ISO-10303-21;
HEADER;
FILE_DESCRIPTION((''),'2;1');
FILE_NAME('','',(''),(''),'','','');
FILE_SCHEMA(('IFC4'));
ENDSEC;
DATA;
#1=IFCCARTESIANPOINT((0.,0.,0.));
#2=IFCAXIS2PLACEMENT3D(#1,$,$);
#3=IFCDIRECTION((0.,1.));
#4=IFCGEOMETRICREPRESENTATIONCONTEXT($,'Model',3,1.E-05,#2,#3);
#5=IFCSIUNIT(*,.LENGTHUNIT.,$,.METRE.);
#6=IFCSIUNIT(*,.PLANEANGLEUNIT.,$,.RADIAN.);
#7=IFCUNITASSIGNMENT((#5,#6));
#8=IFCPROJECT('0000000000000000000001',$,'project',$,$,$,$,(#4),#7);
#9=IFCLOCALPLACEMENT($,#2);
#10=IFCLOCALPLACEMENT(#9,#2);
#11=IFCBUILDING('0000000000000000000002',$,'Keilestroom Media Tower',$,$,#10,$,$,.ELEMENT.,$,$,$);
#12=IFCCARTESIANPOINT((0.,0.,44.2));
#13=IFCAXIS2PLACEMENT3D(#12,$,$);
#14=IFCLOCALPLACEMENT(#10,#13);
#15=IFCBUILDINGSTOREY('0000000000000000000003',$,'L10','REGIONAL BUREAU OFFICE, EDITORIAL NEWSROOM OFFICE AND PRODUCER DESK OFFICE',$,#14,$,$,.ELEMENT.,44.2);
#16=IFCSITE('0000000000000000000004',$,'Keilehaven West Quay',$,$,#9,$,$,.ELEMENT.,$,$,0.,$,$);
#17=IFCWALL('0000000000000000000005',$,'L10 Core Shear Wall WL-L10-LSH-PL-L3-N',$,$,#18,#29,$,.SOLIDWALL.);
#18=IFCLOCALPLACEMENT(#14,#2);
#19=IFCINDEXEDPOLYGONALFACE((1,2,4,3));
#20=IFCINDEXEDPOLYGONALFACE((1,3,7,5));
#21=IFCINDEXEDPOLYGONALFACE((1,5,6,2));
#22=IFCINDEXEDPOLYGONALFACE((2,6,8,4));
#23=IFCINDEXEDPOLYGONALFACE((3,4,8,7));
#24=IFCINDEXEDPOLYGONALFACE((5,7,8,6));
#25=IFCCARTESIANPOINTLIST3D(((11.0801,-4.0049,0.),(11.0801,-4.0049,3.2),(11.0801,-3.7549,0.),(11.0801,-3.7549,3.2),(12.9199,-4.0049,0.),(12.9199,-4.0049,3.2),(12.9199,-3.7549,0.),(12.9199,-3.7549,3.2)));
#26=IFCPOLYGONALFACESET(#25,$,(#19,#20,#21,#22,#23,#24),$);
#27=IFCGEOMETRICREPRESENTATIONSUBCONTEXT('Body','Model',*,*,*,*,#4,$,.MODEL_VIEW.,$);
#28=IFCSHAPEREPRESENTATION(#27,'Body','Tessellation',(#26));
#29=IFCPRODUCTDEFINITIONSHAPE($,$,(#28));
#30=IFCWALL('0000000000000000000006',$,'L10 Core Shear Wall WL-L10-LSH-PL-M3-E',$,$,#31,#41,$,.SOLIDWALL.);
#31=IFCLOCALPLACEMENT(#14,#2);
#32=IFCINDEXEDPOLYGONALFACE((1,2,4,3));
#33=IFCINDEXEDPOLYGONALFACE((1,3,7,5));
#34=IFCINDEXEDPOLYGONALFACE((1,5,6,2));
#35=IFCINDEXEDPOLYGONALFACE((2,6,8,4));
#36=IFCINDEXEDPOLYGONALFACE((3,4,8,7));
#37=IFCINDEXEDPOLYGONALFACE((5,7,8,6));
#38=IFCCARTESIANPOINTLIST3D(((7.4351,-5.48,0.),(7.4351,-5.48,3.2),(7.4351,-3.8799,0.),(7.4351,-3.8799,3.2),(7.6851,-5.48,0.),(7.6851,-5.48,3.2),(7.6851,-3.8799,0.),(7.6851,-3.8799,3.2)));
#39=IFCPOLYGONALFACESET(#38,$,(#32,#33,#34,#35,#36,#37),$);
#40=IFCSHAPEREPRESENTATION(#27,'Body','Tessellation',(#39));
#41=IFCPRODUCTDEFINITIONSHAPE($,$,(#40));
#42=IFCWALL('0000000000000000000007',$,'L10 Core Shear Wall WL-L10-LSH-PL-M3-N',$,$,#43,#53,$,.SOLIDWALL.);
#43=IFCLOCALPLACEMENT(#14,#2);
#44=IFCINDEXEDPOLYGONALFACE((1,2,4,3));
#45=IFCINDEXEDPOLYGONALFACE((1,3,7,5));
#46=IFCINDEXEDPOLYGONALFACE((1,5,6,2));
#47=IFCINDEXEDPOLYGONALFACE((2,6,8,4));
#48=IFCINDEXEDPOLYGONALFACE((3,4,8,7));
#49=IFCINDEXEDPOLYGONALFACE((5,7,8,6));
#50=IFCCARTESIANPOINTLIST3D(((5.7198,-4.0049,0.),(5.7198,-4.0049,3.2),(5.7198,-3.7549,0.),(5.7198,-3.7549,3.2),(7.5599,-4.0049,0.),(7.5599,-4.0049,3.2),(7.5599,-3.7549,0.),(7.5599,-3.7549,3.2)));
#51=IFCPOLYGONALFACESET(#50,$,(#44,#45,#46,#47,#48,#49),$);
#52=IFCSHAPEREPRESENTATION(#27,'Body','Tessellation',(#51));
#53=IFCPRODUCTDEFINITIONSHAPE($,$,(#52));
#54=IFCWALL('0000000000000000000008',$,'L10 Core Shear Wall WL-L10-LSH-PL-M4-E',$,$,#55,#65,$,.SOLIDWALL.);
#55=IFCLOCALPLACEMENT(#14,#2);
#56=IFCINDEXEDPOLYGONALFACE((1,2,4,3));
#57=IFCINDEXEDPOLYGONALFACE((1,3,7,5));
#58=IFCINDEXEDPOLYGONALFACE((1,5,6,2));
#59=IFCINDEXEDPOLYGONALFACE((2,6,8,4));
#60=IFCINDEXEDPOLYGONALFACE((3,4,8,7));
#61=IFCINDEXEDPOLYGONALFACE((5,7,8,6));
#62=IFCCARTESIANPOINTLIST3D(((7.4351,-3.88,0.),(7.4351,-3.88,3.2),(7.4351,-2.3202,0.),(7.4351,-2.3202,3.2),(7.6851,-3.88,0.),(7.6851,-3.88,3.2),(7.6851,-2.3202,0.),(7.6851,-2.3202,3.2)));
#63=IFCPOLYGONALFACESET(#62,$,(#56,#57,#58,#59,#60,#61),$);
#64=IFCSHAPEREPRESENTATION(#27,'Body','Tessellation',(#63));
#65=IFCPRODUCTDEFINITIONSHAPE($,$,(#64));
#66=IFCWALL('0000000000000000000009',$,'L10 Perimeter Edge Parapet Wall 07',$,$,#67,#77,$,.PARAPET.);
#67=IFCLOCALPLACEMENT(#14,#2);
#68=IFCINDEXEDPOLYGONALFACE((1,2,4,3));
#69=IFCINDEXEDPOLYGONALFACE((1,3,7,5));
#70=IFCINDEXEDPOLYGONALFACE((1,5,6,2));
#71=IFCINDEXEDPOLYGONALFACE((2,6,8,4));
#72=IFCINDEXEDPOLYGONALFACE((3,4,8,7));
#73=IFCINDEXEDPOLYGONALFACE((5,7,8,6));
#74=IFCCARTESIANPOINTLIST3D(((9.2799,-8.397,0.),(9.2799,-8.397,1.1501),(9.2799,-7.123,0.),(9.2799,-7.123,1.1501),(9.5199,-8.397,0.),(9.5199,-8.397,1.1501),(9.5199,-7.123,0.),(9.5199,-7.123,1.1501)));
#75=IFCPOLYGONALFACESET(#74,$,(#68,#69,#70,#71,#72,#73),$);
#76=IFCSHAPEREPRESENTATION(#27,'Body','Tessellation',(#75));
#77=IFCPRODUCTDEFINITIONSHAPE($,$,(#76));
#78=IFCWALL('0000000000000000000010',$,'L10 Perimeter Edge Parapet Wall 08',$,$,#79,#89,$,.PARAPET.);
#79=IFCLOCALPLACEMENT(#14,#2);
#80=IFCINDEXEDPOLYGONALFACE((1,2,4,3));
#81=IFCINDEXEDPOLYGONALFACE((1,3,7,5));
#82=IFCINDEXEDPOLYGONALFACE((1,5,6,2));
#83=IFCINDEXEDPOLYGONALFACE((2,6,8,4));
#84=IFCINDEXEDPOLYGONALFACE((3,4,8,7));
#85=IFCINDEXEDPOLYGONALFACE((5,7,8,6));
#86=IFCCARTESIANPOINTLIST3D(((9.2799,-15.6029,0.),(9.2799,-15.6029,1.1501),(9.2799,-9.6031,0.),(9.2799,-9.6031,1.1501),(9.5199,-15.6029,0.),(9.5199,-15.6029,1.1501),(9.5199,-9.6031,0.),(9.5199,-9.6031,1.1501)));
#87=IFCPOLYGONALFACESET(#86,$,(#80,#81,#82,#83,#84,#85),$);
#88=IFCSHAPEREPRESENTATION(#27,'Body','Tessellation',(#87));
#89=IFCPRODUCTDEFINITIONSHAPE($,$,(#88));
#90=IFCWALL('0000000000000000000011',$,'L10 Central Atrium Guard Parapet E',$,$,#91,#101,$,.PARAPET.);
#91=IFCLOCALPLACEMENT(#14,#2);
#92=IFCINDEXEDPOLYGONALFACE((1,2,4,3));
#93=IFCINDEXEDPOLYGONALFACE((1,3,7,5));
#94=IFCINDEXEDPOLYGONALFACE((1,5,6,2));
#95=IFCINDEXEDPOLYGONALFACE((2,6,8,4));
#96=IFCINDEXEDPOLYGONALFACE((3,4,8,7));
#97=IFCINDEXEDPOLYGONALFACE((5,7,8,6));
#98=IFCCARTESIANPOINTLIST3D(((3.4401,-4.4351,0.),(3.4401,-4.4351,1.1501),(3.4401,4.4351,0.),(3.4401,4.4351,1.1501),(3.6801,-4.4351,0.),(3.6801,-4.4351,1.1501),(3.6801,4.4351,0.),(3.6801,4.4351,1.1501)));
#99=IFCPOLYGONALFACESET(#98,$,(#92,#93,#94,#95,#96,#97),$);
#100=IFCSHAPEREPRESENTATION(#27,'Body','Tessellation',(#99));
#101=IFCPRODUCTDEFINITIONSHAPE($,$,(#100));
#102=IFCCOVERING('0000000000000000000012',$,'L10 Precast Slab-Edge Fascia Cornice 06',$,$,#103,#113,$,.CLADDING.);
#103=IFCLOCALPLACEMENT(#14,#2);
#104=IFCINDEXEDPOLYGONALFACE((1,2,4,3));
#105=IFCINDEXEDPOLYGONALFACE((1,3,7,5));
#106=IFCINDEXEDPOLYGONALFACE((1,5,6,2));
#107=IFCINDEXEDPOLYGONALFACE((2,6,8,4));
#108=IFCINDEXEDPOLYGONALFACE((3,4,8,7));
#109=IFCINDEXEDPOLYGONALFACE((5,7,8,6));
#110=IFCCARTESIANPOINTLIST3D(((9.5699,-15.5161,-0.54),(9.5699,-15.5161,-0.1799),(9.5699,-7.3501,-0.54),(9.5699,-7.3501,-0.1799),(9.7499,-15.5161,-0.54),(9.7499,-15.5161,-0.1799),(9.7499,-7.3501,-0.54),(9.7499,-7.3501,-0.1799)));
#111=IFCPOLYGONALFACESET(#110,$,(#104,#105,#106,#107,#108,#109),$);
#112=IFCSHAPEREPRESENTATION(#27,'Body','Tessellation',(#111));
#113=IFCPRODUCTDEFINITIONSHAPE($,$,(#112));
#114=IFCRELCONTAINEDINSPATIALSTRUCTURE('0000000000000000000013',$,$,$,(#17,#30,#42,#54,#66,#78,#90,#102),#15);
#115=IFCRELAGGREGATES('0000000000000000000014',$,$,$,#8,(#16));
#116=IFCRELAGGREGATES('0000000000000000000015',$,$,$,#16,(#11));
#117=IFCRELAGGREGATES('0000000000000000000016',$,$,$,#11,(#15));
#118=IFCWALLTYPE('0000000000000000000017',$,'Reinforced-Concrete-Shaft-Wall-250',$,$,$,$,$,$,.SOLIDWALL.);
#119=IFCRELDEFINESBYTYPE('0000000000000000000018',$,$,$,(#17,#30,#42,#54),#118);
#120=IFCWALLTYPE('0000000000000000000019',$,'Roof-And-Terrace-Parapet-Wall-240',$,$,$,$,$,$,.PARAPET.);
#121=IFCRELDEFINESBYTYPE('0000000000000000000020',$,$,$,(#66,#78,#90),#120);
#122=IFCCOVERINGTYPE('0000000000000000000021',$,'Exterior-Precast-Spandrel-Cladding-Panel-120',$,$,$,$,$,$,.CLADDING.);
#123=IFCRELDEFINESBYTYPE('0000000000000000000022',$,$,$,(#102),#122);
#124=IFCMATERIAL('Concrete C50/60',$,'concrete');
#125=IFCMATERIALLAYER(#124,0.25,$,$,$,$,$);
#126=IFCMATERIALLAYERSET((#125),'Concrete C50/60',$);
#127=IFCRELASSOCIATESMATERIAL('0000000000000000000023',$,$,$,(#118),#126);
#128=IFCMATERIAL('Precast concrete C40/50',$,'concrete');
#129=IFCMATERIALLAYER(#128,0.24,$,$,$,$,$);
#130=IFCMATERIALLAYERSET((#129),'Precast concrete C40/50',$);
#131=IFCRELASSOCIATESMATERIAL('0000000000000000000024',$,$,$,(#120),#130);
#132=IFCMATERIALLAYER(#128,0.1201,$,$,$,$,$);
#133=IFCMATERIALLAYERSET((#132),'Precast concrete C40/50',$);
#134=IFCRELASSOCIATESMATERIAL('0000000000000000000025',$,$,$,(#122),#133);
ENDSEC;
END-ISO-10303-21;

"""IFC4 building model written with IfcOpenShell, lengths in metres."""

from ifc_helpers import new_model, si_unit, direction, frame, frame_2d, origin, origin_2d, place, context, subcontext, project, spatial, rectangle, extrude, source, transform, mapped, material, layer, layer_set, type_object, element, save


model = new_model("IFC4")

# Units and contexts
model_context = context("Model", 3, precision=1e-05, world=origin(), true_north=direction((0.0, 1.0)))
body_context = subcontext(model_context, "Body", "Model", "MODEL_VIEW")
ifc_project = project(units=[si_unit("LENGTHUNIT", "METRE"), si_unit("PLANEANGLEUNIT", "RADIAN")], contexts=[model_context])

# Site, building, storey
site_placement = place(None, origin())
site = spatial("IfcSite", under=ifc_project, at=site_placement, Name="Keilehaven West Quay", CompositionType="ELEMENT", RefElevation=0.0)
building_placement = place(site_placement, origin())
building = spatial("IfcBuilding", under=site, at=building_placement, Name="Keilestroom Media Tower", CompositionType="ELEMENT")
storey_placement = place(building_placement, frame((0.0, 0.0, 44.2)))
storey = spatial("IfcBuildingStorey", under=building, at=storey_placement, Name="L10", Description="REGIONAL BUREAU OFFICE, EDITORIAL NEWSROOM OFFICE AND PRODUCER DESK OFFICE", CompositionType="ELEMENT", Elevation=44.2)

# Shared definitions
ifc_material_1 = material(Name="Concrete C50/60", Category="concrete")
ifc_layer_1 = layer(ifc_material_1, 0.25)
ifc_layer_set_1 = layer_set([ifc_layer_1], Name="Concrete C50/60")
wall_type_1 = type_object("IfcWallType", Name="Reinforced-Concrete-Shaft-Wall-250", PredefinedType="SOLIDWALL", material=ifc_layer_set_1)

# Walls
wall_1_placement = place(storey_placement, frame((11.0801, -3.8799, 0.0), z_axis=(0.0, 0.0, 1.0), x_axis=(1.0, 0.0, 0.0)))
element("IfcWall", 1, at=wall_1_placement, inside=storey, type_object=wall_type_1, Name="L10 Core Shear Wall WL-L10-LSH-PL-L3-N", PredefinedType="SOLIDWALL", context=body_context, shape_type="SweptSolid", body=[
    extrude(rectangle(XDim=1.8398, YDim=0.25, at=frame_2d((0.9199, 0.0))), origin(), (0.0, 0.0, 1.0), 3.2),
])
wall_2_placement = place(storey_placement, frame((7.5601, -5.48, 0.0), z_axis=(0.0, 0.0, 1.0), x_axis=(0.0, 1.0, 0.0)))
element("IfcWall", 2, at=wall_2_placement, inside=storey, type_object=wall_type_1, Name="L10 Core Shear Wall WL-L10-LSH-PL-M3-E", PredefinedType="SOLIDWALL", context=body_context, shape_type="SweptSolid", body=[
    extrude(rectangle(XDim=1.6001, YDim=0.25, at=frame_2d((0.8, 0.0))), origin(), (0.0, 0.0, 1.0), 3.2),
])
wall_3_placement = place(storey_placement, frame((5.72, -3.8799, 0.0), z_axis=(0.0, 0.0, 1.0), x_axis=(1.0, 0.0, 0.0)))
element("IfcWall", 3, at=wall_3_placement, inside=storey, type_object=wall_type_1, Name="L10 Core Shear Wall WL-L10-LSH-PL-M3-N", PredefinedType="SOLIDWALL", context=body_context, shape_type="SweptSolid", body=[
    extrude(rectangle(XDim=1.8401, YDim=0.25, at=frame_2d((0.9199, 0.0))), origin(), (0.0, 0.0, 1.0), 3.2),
])
wall_4_placement = place(storey_placement, frame((7.5601, -3.8799, 0.0), z_axis=(0.0, 0.0, 1.0), x_axis=(0.0, 1.0, 0.0)))
element("IfcWall", 4, at=wall_4_placement, inside=storey, type_object=wall_type_1, Name="L10 Core Shear Wall WL-L10-LSH-PL-M4-E", PredefinedType="SOLIDWALL", context=body_context, shape_type="SweptSolid", body=[
    extrude(rectangle(XDim=1.5598, YDim=0.25, at=frame_2d((0.7798, 0.0))), origin(), (0.0, 0.0, 1.0), 3.2),
])
ifc_material_2 = material(Name="Precast concrete C40/50", Category="concrete")
ifc_layer_2 = layer(ifc_material_2, 0.24)
ifc_layer_set_2 = layer_set([ifc_layer_2], Name="Precast concrete C40/50")
wall_type_2 = type_object("IfcWallType", Name="Roof-And-Terrace-Parapet-Wall-240", PredefinedType="PARAPET", material=ifc_layer_set_2)
wall_5_placement = place(storey_placement, frame((9.3999, -7.123, 0.0), z_axis=(0.0, 0.0, 1.0), x_axis=(0.0, -1.0, 0.0)))
element("IfcWall", 5, at=wall_5_placement, inside=storey, type_object=wall_type_2, Name="L10 Perimeter Edge Parapet Wall 07", PredefinedType="PARAPET", context=body_context, shape_type="SweptSolid", body=[
    extrude(rectangle(XDim=1.2739, YDim=0.24, at=frame_2d((0.637, 0.0))), origin(), (0.0, 0.0, 1.0), 1.1501),
])
wall_6_placement = place(storey_placement, frame((9.3999, -9.603, 0.0), z_axis=(0.0, 0.0, 1.0), x_axis=(0.0, -1.0, 0.0)))
element("IfcWall", 6, at=wall_6_placement, inside=storey, type_object=wall_type_2, Name="L10 Perimeter Edge Parapet Wall 08", PredefinedType="PARAPET", context=body_context, shape_type="SweptSolid", body=[
    extrude(rectangle(XDim=5.9998, YDim=0.24, at=frame_2d((3.0, 0.0))), origin(), (0.0, 0.0, 1.0), 1.1501),
])
wall_7_placement = place(storey_placement, frame((3.5601, -4.4351, 0.0), z_axis=(0.0, 0.0, 1.0), x_axis=(0.0, 1.0, 0.0)))
element("IfcWall", 7, at=wall_7_placement, inside=storey, type_object=wall_type_2, Name="L10 Central Atrium Guard Parapet E", PredefinedType="PARAPET", context=body_context, shape_type="SweptSolid", body=[
    extrude(rectangle(XDim=8.8701, YDim=0.24, at=frame_2d((4.4351, 0.0))), origin(), (0.0, 0.0, 1.0), 1.1501),
])

# Covering
ifc_layer_3 = layer(ifc_material_2, 0.1201)
ifc_layer_set_3 = layer_set([ifc_layer_3], Name="Precast concrete C40/50")
covering_type = type_object("IfcCoveringType", Name="Exterior-Precast-Spandrel-Cladding-Panel-120", PredefinedType="CLADDING", material=ifc_layer_set_3)
shared_shape_1 = source(origin(), body_context, "Body", "SweptSolid", [
    extrude(rectangle(XDim=8.166, YDim=0.1799, at=origin_2d()), origin(), (0.0, 0.0, 1.0), 0.3601),
])
covering_placement = place(storey_placement, frame((9.6599, -11.4331, -0.54), z_axis=(0.0, 0.0, 1.0), x_axis=(0.0, -1.0, 0.0)))
element("IfcCovering", 8, at=covering_placement, inside=storey, type_object=covering_type, Name="L10 Precast Slab-Edge Fascia Cornice 06", PredefinedType="CLADDING", context=body_context, shape_type="MappedRepresentation", body=[
    mapped(shared_shape_1, transform((0.0, 0.0, 0.0), x_axis=(1.0, 0.0, 0.0), y_axis=(0.0, 1.0, 0.0), z_axis=(0.0, 0.0, 1.0), scale=1.0)),
])

save(model, "model.ifc")
